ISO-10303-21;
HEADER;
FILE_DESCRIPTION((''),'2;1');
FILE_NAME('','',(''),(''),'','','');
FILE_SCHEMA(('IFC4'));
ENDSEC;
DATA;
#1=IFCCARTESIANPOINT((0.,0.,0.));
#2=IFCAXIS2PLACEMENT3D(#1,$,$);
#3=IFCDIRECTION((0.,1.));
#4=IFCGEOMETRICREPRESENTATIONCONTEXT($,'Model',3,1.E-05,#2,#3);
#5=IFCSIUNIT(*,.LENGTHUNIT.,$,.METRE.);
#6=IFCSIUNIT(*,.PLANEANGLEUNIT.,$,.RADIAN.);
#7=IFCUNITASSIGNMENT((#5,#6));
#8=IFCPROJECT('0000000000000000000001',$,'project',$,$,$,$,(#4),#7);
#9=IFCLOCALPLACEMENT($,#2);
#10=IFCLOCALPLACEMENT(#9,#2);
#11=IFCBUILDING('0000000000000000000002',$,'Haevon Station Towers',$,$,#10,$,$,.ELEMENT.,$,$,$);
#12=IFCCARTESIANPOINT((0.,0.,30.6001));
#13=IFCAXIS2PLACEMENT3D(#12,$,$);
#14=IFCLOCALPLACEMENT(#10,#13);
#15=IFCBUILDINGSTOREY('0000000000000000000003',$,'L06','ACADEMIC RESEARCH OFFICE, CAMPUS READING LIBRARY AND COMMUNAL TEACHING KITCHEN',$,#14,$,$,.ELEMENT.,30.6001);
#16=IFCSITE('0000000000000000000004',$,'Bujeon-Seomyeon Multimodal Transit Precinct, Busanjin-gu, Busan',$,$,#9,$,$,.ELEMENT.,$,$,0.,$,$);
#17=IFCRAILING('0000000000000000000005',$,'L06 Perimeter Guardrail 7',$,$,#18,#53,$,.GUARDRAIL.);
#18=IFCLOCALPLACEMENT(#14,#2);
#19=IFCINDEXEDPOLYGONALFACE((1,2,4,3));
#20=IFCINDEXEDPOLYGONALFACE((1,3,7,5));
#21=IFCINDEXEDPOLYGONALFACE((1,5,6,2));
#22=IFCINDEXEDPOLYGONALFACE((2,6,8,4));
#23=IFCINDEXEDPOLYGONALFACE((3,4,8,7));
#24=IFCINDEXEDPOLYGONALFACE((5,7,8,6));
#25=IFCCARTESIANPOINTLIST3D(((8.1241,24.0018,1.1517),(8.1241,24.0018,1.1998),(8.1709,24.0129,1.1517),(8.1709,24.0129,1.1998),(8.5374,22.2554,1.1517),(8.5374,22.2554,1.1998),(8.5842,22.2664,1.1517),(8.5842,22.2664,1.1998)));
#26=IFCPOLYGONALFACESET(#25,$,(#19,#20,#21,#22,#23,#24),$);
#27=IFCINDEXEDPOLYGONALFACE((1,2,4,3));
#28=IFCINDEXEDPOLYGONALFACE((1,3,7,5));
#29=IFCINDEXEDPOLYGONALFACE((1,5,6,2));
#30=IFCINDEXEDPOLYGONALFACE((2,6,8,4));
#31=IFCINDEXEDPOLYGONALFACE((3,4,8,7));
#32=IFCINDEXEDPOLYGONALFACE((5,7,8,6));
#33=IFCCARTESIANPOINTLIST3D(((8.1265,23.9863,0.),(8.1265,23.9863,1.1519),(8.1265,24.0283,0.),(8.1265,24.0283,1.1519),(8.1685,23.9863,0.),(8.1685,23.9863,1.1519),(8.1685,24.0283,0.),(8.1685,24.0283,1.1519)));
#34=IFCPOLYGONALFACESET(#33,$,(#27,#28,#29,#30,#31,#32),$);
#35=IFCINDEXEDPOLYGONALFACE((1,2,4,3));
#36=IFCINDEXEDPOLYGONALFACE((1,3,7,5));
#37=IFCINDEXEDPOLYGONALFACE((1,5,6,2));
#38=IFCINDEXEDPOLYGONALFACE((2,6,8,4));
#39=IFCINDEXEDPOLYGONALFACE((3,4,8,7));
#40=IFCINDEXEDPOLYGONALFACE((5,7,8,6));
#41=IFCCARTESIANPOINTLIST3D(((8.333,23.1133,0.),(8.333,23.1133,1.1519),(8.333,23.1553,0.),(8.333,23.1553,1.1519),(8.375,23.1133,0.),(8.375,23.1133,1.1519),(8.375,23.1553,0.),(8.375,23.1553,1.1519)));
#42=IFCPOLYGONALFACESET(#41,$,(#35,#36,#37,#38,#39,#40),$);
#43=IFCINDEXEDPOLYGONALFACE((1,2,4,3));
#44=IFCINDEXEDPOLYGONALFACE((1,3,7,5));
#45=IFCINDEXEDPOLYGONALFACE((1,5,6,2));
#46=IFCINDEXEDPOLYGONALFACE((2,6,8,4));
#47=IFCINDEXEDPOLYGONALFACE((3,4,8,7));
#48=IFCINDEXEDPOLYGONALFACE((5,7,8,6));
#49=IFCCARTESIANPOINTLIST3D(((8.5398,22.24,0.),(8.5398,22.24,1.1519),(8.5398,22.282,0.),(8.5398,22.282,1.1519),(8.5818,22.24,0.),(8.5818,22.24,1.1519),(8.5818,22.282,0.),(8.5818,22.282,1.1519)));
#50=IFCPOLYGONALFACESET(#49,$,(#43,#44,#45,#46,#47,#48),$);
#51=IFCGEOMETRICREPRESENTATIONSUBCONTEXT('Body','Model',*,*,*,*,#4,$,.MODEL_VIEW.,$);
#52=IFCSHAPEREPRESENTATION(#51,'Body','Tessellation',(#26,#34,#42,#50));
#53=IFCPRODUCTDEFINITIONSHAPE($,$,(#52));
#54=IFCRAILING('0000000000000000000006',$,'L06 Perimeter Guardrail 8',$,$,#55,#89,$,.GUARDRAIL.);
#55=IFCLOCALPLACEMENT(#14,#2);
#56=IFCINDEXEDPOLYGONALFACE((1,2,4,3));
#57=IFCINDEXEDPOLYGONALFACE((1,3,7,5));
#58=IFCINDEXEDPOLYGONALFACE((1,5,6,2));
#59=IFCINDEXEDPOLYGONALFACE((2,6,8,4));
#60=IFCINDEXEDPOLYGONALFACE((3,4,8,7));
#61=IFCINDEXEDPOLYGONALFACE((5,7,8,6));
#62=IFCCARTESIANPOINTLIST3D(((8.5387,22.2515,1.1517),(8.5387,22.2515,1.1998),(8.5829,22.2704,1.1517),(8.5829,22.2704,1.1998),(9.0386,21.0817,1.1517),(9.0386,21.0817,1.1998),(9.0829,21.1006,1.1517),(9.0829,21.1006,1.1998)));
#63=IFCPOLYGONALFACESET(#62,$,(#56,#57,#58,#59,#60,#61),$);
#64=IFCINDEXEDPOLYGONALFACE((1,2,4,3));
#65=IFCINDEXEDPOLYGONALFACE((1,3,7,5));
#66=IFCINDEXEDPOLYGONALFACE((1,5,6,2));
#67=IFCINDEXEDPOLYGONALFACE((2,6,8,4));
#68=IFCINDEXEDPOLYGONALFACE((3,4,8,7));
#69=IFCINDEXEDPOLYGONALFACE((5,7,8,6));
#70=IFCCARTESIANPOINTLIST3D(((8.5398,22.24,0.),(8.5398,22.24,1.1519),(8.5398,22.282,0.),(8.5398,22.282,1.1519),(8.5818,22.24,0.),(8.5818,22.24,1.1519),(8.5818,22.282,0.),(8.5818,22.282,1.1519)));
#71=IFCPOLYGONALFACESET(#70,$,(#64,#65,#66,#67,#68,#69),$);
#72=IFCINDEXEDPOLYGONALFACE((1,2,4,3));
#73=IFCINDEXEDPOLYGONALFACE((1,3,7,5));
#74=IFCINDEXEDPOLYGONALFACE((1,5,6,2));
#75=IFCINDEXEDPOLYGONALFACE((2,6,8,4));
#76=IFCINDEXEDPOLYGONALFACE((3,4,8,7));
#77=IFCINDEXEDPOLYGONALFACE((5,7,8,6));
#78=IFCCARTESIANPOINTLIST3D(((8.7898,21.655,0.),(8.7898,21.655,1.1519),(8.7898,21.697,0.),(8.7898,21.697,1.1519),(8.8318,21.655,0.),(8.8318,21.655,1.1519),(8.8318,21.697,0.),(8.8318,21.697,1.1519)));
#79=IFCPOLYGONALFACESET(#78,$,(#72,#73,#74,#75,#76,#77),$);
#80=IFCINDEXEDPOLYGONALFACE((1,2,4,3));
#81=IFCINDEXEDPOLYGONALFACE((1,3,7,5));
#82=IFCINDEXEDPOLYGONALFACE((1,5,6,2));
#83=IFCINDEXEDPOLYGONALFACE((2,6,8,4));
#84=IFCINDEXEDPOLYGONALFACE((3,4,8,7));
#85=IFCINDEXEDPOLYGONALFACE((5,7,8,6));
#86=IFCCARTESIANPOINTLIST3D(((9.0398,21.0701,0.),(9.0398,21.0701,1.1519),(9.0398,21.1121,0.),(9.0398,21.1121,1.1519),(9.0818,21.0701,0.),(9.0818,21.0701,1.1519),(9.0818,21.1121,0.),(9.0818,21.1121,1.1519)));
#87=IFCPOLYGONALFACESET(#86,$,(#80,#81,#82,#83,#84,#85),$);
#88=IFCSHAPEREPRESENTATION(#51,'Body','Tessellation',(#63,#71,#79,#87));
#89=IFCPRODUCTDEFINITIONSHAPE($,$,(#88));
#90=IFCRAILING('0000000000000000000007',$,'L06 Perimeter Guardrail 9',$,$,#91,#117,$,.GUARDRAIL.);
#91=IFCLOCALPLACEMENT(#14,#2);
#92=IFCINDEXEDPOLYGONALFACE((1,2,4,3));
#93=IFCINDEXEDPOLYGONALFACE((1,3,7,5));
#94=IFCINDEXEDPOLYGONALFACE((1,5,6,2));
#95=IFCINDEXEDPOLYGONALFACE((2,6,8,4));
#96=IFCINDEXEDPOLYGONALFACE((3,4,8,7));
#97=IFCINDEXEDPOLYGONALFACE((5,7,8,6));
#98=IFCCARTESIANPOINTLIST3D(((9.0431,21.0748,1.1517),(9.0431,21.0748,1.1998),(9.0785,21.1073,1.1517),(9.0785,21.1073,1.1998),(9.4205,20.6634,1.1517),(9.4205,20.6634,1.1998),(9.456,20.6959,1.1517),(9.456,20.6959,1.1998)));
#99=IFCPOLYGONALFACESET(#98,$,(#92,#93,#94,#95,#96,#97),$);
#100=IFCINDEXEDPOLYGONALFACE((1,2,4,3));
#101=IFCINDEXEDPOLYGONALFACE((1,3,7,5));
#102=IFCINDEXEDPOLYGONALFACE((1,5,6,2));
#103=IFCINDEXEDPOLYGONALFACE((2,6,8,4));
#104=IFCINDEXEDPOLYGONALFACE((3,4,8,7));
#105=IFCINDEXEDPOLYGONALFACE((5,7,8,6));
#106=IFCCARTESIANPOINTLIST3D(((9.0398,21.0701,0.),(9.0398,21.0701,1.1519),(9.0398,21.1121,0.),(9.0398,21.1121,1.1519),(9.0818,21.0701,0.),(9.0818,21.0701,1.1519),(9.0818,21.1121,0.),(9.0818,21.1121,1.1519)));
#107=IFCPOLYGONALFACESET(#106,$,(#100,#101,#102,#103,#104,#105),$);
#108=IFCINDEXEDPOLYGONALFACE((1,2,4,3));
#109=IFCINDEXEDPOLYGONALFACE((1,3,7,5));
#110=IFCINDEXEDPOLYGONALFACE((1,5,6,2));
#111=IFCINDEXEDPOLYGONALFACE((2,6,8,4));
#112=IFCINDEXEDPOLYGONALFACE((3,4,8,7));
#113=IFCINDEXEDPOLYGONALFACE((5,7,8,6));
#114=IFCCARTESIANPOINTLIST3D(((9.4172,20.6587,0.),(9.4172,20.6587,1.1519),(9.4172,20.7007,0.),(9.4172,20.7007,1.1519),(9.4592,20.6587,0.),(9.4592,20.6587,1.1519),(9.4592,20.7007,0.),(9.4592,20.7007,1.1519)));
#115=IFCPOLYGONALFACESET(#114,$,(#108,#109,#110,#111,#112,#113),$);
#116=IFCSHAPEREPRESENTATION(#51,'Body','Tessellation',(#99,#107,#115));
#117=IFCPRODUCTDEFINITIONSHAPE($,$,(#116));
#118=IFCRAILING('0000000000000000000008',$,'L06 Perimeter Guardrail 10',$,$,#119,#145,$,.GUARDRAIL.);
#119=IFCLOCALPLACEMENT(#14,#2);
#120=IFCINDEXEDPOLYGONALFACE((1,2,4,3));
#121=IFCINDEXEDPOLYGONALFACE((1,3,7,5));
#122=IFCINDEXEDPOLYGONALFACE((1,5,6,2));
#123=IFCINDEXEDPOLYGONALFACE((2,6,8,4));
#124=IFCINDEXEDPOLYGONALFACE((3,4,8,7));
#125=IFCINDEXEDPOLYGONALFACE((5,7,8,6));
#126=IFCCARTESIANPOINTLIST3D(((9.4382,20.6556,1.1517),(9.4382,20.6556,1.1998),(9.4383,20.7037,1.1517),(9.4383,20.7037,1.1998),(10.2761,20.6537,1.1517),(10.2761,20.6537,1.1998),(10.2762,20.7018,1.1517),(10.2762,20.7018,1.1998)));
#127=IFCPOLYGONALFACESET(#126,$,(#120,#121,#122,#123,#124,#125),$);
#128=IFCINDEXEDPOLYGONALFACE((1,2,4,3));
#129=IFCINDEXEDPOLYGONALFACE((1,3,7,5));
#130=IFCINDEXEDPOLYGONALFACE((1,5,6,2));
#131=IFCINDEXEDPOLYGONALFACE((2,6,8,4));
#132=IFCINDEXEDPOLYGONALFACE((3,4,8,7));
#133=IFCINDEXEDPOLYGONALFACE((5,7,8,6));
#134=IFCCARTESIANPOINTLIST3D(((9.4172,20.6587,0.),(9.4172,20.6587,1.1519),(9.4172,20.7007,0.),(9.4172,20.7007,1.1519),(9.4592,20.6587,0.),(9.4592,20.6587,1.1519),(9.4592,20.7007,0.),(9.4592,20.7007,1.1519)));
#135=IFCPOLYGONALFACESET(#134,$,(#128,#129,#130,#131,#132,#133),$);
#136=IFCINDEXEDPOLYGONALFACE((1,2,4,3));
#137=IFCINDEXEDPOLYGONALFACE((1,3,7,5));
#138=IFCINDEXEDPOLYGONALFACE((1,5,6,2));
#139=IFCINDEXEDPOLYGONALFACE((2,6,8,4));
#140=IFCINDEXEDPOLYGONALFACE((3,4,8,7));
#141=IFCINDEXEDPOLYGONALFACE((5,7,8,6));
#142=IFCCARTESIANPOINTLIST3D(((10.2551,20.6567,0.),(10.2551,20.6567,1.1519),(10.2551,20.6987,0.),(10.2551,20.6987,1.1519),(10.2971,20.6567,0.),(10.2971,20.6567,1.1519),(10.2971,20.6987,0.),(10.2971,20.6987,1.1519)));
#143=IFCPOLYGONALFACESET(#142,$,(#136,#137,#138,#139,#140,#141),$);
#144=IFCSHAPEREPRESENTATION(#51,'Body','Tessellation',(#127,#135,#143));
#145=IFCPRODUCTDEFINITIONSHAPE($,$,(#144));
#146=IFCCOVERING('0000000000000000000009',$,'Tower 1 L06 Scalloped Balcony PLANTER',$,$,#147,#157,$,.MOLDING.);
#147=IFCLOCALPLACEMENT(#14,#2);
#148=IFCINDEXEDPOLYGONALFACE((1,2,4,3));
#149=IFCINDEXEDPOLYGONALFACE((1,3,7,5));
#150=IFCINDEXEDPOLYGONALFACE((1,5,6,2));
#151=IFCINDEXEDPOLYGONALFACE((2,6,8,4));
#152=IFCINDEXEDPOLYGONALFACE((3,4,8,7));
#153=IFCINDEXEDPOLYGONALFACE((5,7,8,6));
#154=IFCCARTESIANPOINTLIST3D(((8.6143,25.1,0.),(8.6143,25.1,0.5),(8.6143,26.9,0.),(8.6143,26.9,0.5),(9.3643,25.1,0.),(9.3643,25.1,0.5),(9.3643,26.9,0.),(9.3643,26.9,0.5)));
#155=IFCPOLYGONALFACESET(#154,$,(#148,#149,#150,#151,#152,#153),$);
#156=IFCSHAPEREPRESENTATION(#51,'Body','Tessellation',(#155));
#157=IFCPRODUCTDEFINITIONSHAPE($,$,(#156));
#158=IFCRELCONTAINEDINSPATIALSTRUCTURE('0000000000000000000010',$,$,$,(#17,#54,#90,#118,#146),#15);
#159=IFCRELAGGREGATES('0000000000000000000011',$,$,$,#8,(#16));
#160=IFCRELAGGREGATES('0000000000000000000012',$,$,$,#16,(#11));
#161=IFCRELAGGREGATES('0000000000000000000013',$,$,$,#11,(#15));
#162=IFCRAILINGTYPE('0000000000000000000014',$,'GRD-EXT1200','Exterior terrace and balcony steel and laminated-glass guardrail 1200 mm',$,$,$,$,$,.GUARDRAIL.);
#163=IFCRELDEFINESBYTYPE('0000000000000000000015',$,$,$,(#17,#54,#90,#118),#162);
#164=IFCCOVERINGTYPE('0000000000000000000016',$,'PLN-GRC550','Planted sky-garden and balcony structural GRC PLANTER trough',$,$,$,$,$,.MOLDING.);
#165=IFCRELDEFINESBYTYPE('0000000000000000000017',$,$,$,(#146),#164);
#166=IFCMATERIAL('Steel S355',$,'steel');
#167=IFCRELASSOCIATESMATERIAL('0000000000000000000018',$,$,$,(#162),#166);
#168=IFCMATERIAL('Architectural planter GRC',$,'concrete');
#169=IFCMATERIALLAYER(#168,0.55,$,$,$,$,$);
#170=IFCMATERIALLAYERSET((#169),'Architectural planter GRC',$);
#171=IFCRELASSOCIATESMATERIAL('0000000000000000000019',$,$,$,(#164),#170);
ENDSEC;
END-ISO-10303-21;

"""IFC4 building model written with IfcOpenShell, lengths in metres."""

from ifc_helpers import new_model, si_unit, direction, frame, origin, origin_2d, place, context, subcontext, project, spatial, rectangle, extrude, material, layer, layer_set, type_object, element, save


model = new_model("IFC4")

# Units and contexts
model_context = context("Model", 3, precision=1e-05, world=origin(), true_north=direction((0.0, 1.0)))
body_context = subcontext(model_context, "Body", "Model", "MODEL_VIEW")
ifc_project = project(units=[si_unit("LENGTHUNIT", "METRE"), si_unit("PLANEANGLEUNIT", "RADIAN")], contexts=[model_context])

# Site, building, storey
site_placement = place(None, origin())
site = spatial("IfcSite", under=ifc_project, at=site_placement, Name="Bujeon-Seomyeon Multimodal Transit Precinct, Busanjin-gu, Busan", CompositionType="ELEMENT", RefElevation=0.0)
building_placement = place(site_placement, origin())
building = spatial("IfcBuilding", under=site, at=building_placement, Name="Haevon Station Towers", CompositionType="ELEMENT")
storey_placement = place(building_placement, frame((0.0, 0.0, 30.6001)))
storey = spatial("IfcBuildingStorey", under=building, at=storey_placement, Name="L06", Description="ACADEMIC RESEARCH OFFICE, CAMPUS READING LIBRARY AND COMMUNAL TEACHING KITCHEN", CompositionType="ELEMENT", Elevation=30.6001)

# Shared definitions
ifc_material_1 = material(Name="Steel S355", Category="steel")

# Railings
railing_type = type_object("IfcRailingType", Name="GRD-EXT1200", Description="Exterior terrace and balcony steel and laminated-glass guardrail 1200 mm", PredefinedType="GUARDRAIL", material=ifc_material_1)
railing_1_placement = place(storey_placement, frame((8.1475, 24.0073, 0.0)))
element("IfcRailing", 1, at=railing_1_placement, inside=storey, type_object=railing_type, Name="L06 Perimeter Guardrail 7", PredefinedType="GUARDRAIL", context=body_context, shape_type="SweptSolid", body=[
    extrude(rectangle(XDim=0.0481, YDim=0.0481, at=origin_2d()), frame((0.0, 0.0, 1.1758), z_axis=(0.230321, -0.973115, 0.0), x_axis=(0.973115, 0.230321, 0.0)), (0.0, 0.0, 1.0), 1.7947),
    extrude(rectangle(XDim=0.042, YDim=0.042, at=origin_2d()), origin(), (0.0, 0.0, 1.0), 1.1519),
    extrude(rectangle(XDim=0.042, YDim=0.042, at=origin_2d()), frame((0.2065, -0.873, 0.0)), (0.0, 0.0, 1.0), 1.1519),
    extrude(rectangle(XDim=0.042, YDim=0.042, at=origin_2d()), frame((0.4133, -1.7463, 0.0)), (0.0, 0.0, 1.0), 1.1519),
])
railing_2_placement = place(storey_placement, frame((8.5608, 22.261, 0.0)))
element("IfcRailing", 2, at=railing_2_placement, inside=storey, type_object=railing_type, Name="L06 Perimeter Guardrail 8", PredefinedType="GUARDRAIL", context=body_context, shape_type="SweptSolid", body=[
    extrude(rectangle(XDim=0.0481, YDim=0.0481, at=origin_2d()), frame((0.0, 0.0, 1.1758), z_axis=(0.392993, -0.919542, 0.0), x_axis=(0.919542, 0.392993, 0.0)), (0.0, 0.0, 1.0), 1.2722),
    extrude(rectangle(XDim=0.042, YDim=0.042, at=origin_2d()), origin(), (0.0, 0.0, 1.0), 1.1519),
    extrude(rectangle(XDim=0.042, YDim=0.042, at=origin_2d()), frame((0.25, -0.585, 0.0)), (0.0, 0.0, 1.0), 1.1519),
    extrude(rectangle(XDim=0.042, YDim=0.042, at=origin_2d()), frame((0.5, -1.1699, 0.0)), (0.0, 0.0, 1.0), 1.1519),
])
railing_3_placement = place(storey_placement, frame((9.0608, 21.0911, 0.0)))
element("IfcRailing", 3, at=railing_3_placement, inside=storey, type_object=railing_type, Name="L06 Perimeter Guardrail 9", PredefinedType="GUARDRAIL", context=body_context, shape_type="SweptSolid", body=[
    extrude(rectangle(XDim=0.0481, YDim=0.0481, at=origin_2d()), frame((0.0, 0.0, 1.1758), z_axis=(0.676061, -0.736845, 0.0), x_axis=(0.736845, 0.676061, 0.0)), (0.0, 0.0, 1.0), 0.5583),
    extrude(rectangle(XDim=0.042, YDim=0.042, at=origin_2d()), origin(), (0.0, 0.0, 1.0), 1.1519),
    extrude(rectangle(XDim=0.042, YDim=0.042, at=origin_2d()), frame((0.3774, -0.4114, 0.0)), (0.0, 0.0, 1.0), 1.1519),
])
railing_4_placement = place(storey_placement, frame((9.4382, 20.6797, 0.0)))
element("IfcRailing", 4, at=railing_4_placement, inside=storey, type_object=railing_type, Name="L06 Perimeter Guardrail 10", PredefinedType="GUARDRAIL", context=body_context, shape_type="SweptSolid", body=[
    extrude(rectangle(XDim=0.0481, YDim=0.0481, at=origin_2d()), frame((0.0, 0.0, 1.1758), z_axis=(0.999997, -0.002331, 0.0), x_axis=(0.002331, 0.999997, 0.0)), (0.0, 0.0, 1.0), 0.8379),
    extrude(rectangle(XDim=0.042, YDim=0.042, at=origin_2d()), origin(), (0.0, 0.0, 1.0), 1.1519),
    extrude(rectangle(XDim=0.042, YDim=0.042, at=origin_2d()), frame((0.8379, -0.002, 0.0)), (0.0, 0.0, 1.0), 1.1519),
])

# Covering
ifc_material_2 = material(Name="Architectural planter GRC", Category="concrete")
ifc_layer_1 = layer(ifc_material_2, 0.55)
ifc_layer_set_1 = layer_set([ifc_layer_1], Name="Architectural planter GRC")
covering_type = type_object("IfcCoveringType", Name="PLN-GRC550", Description="Planted sky-garden and balcony structural GRC PLANTER trough", PredefinedType="MOLDING", material=ifc_layer_set_1)
covering_placement = place(storey_placement, frame((8.9893, 26.0, 0.0), z_axis=(0.0, 0.0, 1.0), x_axis=(1.0, 0.0, 0.0)))
element("IfcCovering", 5, at=covering_placement, inside=storey, type_object=covering_type, Name="Tower 1 L06 Scalloped Balcony PLANTER", PredefinedType="MOLDING", context=body_context, shape_type="SweptSolid", body=[
    extrude(rectangle(XDim=0.75, YDim=1.8, at=origin_2d()), origin(), (0.0, 0.0, 1.0), 0.5),
])

save(model, "model.ifc")
